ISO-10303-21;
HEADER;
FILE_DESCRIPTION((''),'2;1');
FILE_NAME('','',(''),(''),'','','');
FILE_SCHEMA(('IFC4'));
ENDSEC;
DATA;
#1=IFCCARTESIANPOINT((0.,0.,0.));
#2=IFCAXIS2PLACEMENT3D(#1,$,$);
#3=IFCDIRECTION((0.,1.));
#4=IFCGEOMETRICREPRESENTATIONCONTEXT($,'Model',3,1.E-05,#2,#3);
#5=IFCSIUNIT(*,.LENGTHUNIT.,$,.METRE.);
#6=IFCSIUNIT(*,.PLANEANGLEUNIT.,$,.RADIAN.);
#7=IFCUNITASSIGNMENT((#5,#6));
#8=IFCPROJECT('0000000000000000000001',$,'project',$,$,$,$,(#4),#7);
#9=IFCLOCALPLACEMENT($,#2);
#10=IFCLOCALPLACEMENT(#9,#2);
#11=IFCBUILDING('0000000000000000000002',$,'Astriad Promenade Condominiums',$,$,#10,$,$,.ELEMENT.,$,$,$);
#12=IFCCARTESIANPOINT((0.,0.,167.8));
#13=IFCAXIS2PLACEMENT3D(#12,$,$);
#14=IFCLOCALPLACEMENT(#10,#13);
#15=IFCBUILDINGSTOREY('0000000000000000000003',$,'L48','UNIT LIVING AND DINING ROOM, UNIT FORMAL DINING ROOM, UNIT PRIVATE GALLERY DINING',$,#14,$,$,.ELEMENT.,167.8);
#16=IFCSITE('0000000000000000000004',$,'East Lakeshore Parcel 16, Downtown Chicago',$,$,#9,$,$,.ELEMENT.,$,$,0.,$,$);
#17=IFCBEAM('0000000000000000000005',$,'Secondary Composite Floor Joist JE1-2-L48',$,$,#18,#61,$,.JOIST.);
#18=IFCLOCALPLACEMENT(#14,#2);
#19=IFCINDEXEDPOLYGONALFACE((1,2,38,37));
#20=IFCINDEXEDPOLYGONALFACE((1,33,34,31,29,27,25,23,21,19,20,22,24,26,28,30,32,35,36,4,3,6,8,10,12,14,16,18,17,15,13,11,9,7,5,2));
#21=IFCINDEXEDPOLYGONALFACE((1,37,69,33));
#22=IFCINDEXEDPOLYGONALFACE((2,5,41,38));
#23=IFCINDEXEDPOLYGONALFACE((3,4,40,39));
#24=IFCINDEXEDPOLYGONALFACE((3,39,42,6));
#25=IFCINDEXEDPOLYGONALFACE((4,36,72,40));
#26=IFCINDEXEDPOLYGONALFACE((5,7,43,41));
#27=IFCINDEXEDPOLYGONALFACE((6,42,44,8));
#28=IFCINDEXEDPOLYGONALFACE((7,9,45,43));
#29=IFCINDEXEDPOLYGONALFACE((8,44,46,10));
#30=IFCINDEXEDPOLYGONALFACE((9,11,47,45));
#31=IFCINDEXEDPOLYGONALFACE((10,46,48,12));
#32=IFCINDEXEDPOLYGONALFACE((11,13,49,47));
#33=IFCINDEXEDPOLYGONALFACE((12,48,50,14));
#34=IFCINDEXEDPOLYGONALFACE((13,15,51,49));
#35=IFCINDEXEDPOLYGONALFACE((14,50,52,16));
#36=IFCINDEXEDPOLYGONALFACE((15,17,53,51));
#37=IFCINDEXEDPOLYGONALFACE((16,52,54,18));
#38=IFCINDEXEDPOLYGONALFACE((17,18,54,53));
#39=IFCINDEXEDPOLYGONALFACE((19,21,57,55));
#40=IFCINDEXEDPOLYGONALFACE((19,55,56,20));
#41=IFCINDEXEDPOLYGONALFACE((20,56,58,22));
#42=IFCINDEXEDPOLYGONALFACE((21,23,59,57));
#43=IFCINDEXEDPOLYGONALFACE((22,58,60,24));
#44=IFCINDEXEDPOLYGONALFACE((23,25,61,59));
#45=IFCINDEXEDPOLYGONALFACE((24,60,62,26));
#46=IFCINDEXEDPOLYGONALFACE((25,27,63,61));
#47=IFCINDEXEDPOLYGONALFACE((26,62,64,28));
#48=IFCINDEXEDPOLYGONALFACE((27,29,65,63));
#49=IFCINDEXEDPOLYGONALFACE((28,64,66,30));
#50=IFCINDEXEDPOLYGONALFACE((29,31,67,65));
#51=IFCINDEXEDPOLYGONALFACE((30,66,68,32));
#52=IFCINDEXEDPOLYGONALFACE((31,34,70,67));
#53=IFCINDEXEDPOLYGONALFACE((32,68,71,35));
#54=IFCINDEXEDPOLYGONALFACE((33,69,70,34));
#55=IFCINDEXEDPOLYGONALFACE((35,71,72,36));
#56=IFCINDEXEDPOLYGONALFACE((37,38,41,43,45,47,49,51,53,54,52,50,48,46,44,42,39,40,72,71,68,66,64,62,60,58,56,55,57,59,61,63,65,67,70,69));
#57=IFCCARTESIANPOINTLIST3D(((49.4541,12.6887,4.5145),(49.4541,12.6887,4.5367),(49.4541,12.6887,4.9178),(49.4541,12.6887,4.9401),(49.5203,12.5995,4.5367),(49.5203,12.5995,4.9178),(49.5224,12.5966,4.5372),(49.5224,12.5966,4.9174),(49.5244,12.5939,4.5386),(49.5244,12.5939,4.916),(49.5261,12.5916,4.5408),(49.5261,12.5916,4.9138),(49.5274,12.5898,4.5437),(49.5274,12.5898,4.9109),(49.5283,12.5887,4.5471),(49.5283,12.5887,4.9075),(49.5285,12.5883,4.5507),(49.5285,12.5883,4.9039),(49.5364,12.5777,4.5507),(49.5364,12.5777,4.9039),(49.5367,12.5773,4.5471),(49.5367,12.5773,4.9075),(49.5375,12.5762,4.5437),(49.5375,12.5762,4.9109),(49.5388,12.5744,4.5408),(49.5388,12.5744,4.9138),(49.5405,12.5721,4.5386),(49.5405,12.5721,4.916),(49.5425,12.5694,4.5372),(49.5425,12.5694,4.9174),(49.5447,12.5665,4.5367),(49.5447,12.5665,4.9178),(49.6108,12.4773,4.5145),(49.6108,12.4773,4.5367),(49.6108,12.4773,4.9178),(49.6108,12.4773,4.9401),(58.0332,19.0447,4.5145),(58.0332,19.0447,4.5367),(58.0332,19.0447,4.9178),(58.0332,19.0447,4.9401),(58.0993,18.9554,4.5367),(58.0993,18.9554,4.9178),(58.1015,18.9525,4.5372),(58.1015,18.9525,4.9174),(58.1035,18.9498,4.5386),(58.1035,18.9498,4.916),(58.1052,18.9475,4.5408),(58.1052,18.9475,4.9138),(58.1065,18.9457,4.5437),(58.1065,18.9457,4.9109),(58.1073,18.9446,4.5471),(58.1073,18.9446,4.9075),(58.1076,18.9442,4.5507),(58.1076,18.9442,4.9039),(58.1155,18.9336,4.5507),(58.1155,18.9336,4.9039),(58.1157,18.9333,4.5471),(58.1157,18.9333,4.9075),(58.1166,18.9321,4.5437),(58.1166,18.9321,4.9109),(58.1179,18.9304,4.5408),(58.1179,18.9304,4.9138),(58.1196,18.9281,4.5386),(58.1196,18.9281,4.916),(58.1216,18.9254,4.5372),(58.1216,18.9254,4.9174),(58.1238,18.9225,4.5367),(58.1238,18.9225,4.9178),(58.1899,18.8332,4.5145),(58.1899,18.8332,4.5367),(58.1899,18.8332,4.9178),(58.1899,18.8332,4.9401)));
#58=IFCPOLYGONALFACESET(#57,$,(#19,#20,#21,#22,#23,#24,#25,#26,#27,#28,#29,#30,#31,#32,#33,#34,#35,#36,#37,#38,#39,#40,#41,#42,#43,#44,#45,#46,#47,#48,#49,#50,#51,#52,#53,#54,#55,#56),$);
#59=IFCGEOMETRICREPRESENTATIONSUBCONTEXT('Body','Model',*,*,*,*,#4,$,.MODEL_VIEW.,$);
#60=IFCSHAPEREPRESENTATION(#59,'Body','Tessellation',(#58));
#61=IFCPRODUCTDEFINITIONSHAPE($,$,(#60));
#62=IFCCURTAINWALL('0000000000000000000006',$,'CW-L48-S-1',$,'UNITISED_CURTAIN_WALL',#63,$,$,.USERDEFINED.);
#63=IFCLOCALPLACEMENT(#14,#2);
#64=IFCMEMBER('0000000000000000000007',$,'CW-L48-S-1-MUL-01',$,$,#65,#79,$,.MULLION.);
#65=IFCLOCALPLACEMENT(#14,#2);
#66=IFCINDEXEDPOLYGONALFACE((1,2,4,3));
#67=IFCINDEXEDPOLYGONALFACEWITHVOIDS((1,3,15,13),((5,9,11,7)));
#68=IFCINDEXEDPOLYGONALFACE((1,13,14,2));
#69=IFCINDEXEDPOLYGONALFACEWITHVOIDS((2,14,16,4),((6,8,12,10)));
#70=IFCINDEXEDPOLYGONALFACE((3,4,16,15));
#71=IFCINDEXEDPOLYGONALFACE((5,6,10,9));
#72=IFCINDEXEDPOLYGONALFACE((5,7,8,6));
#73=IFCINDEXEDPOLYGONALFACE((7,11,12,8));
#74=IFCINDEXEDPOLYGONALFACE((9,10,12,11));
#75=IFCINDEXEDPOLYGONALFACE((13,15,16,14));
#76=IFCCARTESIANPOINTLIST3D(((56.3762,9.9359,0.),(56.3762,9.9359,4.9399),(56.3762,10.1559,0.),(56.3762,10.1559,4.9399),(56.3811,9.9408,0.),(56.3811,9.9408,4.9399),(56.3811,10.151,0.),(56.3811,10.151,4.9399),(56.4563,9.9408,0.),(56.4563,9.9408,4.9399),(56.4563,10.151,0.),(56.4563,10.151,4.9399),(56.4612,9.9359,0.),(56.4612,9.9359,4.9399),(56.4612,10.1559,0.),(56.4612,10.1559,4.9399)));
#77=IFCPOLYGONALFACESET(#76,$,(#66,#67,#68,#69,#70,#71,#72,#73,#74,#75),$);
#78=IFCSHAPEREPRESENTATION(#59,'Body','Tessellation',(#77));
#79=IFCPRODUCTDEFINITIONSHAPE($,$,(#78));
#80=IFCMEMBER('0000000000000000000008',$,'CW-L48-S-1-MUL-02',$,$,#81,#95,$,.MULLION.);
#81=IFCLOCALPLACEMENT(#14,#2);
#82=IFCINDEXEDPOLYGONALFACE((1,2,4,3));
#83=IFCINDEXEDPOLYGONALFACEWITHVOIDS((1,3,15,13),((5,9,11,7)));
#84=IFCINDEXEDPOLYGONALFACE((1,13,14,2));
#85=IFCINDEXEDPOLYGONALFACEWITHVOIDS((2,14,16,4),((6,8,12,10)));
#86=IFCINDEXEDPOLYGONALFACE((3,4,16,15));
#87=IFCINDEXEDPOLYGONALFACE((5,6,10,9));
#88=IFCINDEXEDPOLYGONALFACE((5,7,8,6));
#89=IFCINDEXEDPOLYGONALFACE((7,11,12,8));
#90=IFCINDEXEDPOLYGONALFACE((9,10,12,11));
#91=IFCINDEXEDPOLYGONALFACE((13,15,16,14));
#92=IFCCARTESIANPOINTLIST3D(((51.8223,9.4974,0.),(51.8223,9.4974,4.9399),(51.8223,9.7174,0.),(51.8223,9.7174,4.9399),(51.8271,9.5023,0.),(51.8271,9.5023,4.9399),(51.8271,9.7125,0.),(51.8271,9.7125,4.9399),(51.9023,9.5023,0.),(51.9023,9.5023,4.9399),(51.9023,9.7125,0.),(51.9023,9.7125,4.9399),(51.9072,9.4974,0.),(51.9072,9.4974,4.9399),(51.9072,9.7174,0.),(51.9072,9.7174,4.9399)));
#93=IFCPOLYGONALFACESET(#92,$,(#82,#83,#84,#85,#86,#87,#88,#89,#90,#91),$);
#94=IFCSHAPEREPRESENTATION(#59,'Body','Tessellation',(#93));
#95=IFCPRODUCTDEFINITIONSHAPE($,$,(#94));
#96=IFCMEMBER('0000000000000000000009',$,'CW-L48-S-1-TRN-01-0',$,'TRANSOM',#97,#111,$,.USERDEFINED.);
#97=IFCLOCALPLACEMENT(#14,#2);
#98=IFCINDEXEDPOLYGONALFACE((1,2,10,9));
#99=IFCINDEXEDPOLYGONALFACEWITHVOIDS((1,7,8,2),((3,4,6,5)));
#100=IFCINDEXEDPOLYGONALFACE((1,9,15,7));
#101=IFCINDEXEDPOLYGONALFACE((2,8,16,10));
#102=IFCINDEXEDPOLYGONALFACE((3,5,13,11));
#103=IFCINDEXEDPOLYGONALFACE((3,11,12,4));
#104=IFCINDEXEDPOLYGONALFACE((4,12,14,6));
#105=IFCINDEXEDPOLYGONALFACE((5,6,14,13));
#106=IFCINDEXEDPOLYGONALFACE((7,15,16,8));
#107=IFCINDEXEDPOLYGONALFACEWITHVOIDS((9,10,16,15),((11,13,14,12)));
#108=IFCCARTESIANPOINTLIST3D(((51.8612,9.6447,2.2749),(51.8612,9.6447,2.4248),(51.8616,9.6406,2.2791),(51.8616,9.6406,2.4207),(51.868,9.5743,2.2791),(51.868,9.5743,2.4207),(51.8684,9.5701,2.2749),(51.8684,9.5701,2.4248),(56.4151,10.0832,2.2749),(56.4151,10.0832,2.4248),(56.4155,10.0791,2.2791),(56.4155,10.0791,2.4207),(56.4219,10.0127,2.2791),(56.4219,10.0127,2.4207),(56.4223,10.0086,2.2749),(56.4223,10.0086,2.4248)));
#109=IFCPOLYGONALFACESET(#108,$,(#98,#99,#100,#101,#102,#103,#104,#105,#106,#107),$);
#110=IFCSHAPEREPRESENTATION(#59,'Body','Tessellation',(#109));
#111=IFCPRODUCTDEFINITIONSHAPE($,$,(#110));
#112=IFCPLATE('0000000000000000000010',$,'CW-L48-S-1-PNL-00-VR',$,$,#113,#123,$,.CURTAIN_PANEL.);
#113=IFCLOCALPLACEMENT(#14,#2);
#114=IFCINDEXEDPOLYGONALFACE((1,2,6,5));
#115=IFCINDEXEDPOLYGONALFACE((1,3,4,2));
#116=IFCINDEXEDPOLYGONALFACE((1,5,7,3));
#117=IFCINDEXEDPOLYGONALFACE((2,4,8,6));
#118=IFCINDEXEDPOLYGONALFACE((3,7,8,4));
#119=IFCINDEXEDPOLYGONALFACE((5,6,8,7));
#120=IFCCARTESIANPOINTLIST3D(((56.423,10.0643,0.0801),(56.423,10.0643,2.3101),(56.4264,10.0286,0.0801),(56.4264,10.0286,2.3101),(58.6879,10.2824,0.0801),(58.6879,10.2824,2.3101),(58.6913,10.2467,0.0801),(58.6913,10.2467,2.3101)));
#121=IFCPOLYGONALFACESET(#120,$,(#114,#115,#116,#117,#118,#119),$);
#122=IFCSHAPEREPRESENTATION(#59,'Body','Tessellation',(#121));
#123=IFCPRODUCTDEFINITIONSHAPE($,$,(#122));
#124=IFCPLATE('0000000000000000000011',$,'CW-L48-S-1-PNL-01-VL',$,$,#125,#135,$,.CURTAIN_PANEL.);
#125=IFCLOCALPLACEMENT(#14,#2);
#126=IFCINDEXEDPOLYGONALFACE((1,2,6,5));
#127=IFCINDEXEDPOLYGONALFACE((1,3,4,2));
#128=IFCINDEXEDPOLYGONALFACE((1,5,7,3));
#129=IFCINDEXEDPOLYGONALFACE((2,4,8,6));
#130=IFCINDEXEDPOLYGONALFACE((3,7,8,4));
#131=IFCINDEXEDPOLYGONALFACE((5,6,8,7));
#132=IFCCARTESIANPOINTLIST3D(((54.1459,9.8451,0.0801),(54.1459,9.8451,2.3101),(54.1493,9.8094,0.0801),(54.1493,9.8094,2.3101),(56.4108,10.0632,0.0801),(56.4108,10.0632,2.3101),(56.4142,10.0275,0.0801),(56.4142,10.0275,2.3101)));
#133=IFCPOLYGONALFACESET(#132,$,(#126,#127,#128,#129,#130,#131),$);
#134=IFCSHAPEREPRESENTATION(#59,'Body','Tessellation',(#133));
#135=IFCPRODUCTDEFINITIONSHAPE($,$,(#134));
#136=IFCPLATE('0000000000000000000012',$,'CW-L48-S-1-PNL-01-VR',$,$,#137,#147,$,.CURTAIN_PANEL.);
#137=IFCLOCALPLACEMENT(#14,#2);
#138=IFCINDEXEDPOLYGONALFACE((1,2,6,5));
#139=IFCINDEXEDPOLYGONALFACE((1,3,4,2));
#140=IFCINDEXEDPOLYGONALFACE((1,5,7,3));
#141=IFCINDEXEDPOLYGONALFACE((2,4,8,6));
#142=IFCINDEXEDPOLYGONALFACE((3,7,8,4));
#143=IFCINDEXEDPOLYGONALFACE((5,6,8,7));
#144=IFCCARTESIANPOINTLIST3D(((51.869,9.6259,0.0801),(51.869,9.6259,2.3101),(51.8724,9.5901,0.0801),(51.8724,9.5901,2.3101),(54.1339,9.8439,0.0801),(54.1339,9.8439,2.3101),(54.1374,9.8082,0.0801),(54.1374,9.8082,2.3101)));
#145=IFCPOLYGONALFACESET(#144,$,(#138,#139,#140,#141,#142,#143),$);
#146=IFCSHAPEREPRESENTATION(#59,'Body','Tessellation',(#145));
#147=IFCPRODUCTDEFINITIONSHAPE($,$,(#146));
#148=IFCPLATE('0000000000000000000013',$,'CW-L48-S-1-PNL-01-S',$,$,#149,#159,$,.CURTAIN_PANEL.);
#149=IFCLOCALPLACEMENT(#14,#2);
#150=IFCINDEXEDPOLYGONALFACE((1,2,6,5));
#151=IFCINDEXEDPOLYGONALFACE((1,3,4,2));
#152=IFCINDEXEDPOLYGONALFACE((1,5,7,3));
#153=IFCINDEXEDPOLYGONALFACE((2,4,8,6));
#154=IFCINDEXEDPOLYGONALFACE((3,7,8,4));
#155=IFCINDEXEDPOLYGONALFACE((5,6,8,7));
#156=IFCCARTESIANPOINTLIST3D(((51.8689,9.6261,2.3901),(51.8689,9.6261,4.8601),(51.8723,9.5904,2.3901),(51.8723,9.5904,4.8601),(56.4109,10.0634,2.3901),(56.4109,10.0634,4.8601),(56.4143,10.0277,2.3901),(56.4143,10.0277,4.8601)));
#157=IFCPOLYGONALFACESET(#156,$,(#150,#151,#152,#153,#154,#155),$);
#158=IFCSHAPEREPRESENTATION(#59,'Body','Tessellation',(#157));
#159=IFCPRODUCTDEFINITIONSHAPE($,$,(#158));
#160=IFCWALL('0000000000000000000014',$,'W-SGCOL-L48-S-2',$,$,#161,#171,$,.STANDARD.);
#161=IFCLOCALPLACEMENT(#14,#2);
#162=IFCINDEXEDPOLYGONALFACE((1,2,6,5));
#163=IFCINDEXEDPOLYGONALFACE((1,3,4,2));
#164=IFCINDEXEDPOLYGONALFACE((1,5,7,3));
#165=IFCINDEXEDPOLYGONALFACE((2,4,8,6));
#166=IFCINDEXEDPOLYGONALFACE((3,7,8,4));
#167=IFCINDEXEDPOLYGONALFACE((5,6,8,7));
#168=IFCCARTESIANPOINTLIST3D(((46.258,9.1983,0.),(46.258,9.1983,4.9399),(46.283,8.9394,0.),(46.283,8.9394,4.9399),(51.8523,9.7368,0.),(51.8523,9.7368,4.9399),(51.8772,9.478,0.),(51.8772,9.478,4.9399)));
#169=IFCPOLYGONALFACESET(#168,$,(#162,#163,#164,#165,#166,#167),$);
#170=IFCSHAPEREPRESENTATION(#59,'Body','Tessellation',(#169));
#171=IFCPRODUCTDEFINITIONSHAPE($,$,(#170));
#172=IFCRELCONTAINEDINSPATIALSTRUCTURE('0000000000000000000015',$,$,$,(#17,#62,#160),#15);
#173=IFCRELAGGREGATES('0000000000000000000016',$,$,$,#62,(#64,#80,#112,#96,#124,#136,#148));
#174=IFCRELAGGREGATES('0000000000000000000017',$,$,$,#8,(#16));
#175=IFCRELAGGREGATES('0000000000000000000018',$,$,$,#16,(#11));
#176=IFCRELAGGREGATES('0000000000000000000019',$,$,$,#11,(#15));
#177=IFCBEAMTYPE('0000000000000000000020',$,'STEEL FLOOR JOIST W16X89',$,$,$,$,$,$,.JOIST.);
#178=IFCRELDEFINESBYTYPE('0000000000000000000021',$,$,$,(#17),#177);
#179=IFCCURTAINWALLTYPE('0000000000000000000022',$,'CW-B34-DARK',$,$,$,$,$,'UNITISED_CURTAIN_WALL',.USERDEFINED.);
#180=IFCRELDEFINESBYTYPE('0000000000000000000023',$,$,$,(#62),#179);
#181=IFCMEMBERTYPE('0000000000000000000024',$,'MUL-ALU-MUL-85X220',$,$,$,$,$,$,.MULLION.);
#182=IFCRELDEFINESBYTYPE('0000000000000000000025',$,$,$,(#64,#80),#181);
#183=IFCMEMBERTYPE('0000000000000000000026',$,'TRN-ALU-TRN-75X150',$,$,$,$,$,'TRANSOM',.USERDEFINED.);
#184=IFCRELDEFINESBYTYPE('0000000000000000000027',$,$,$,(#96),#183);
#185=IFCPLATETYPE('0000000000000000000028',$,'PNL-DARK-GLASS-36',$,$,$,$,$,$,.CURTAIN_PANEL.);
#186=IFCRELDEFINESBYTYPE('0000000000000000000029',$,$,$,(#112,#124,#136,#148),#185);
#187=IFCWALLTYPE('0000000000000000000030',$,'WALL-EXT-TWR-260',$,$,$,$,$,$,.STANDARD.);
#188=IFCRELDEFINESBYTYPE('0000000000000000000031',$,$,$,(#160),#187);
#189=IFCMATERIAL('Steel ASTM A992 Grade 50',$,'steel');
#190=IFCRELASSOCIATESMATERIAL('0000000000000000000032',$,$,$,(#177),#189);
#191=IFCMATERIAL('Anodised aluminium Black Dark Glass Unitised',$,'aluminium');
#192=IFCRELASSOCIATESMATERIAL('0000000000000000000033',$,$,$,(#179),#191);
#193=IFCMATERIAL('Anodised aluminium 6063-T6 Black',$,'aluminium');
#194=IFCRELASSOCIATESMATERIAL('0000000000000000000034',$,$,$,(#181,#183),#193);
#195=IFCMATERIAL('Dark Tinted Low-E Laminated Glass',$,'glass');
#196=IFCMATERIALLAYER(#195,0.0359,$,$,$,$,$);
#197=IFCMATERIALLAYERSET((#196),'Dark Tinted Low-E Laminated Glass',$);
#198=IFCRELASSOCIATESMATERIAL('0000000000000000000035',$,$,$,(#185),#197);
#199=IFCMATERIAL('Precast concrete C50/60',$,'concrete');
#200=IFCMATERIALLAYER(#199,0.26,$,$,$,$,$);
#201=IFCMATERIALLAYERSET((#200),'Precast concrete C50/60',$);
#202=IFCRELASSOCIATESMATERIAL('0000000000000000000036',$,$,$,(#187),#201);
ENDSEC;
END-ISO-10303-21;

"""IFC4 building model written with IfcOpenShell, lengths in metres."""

from ifc_helpers import new_model, si_unit, direction, frame, frame_2d, origin, origin_2d, place, context, subcontext, project, spatial, rectangle, hollow_rectangle, i_section, extrude, source, transform, mapped, material, layer, layer_set, material_profile, profile_set, type_object, type_shapes, element, aggregate, save


model = new_model("IFC4")

# Units and contexts
model_context = context("Model", 3, precision=1e-05, world=origin(), true_north=direction((0.0, 1.0)))
body_context = subcontext(model_context, "Body", "Model", "MODEL_VIEW")
ifc_project = project(units=[si_unit("LENGTHUNIT", "METRE"), si_unit("PLANEANGLEUNIT", "RADIAN")], contexts=[model_context])

# Site, building, storey
site_placement = place(None, origin())
site = spatial("IfcSite", under=ifc_project, at=site_placement, Name="East Lakeshore Parcel 16, Downtown Chicago", CompositionType="ELEMENT", RefElevation=0.0)
building_placement = place(site_placement, origin())
building = spatial("IfcBuilding", under=site, at=building_placement, Name="Astriad Promenade Condominiums", CompositionType="ELEMENT")
storey_placement = place(building_placement, frame((0.0, 0.0, 167.8)))
storey = spatial("IfcBuildingStorey", under=building, at=storey_placement, Name="L48", Description="UNIT LIVING AND DINING ROOM, UNIT FORMAL DINING ROOM, UNIT PRIVATE GALLERY DINING", CompositionType="ELEMENT", Elevation=167.8)

# Beam
ifc_material_1 = material(Name="Steel ASTM A992 Grade 50", Category="steel")
ifc_material_profile_1 = material_profile(ifc_material_1, i_section(OverallWidth=0.2632, OverallDepth=0.4255, WebThickness=0.0132, FlangeThickness=0.0222, FilletRadius=0.0139, at=origin_2d()), Name="W16X89")
ifc_profile_set_1 = profile_set([ifc_material_profile_1], Name="Steel ASTM A992 Grade 50")
beam_type_1 = type_object("IfcBeamType", Name="STEEL FLOOR JOIST W16X89", PredefinedType="JOIST", material=ifc_profile_set_1)
shared_shape_1 = source(origin(), body_context, "Body", "SweptSolid", [
    extrude(i_section(OverallWidth=0.2632, OverallDepth=0.4255, WebThickness=0.0132, FlangeThickness=0.0222, FilletRadius=0.0139, at=origin_2d()), origin(), (0.0, 0.0, 1.0), 10.677),
])
beam_1_placement = place(storey_placement, frame((49.5325, 12.583, 4.7273), z_axis=(0.803509, 0.595292, 0.0), x_axis=(-0.595292, 0.803509, 0.0)))
element("IfcBeam", 1, at=beam_1_placement, inside=storey, type_object=beam_type_1, Name="Secondary Composite Floor Joist JE1-2-L48", PredefinedType="JOIST", context=body_context, shape_type="MappedRepresentation", body=[
    mapped(shared_shape_1, transform((0.0, 0.0, 0.0), scale=1.0)),
])

# Curtain wall, members, plates
ifc_material_2 = material(Name="Anodised aluminium Black Dark Glass Unitised", Category="aluminium")
curtain_wall_type = type_object("IfcCurtainWallType", Name="CW-B34-DARK", ElementType="UNITISED_CURTAIN_WALL", PredefinedType="USERDEFINED", material=ifc_material_2)
curtain_wall_placement = place(storey_placement, origin())
curtain_wall = element("IfcCurtainWall", 2, at=curtain_wall_placement, inside=storey, type_object=curtain_wall_type, Name="CW-L48-S-1", ObjectType="UNITISED_CURTAIN_WALL", PredefinedType="USERDEFINED")
ifc_material_3 = material(Name="Anodised aluminium 6063-T6 Black", Category="aluminium")
ifc_material_profile_2 = material_profile(ifc_material_3, hollow_rectangle(XDim=0.085, YDim=0.22, WallThickness=0.0049, at=origin_2d()), Name="ALU-MUL-85X220")
ifc_profile_set_2 = profile_set([ifc_material_profile_2], Name="Anodised aluminium 6063-T6 Black")
member_type_1 = type_object("IfcMemberType", Name="MUL-ALU-MUL-85X220", PredefinedType="MULLION", material=ifc_profile_set_2)
shared_shape_2 = source(origin(), body_context, "Body", "SweptSolid", [
    extrude(hollow_rectangle(XDim=0.085, YDim=0.22, WallThickness=0.0049, at=origin_2d()), origin(), (0.0, 0.0, 1.0), 4.9399),
])
type_shapes(member_type_1, [shared_shape_2])
member_1_placement = place(storey_placement, frame((56.4187, 10.0459, 0.0), z_axis=(0.0, 0.0, 1.0), x_axis=(1.0, 0.0, 0.0)))
member_1 = element("IfcMember", 3, at=member_1_placement, type_object=member_type_1, Name="CW-L48-S-1-MUL-01", PredefinedType="MULLION", context=body_context, shape_type="MappedRepresentation", body=[
    mapped(shared_shape_2, transform((0.0, 0.0, 0.0), scale=1.0)),
])
member_2_placement = place(storey_placement, frame((51.8647, 9.6074, 0.0), z_axis=(0.0, 0.0, 1.0), x_axis=(1.0, 0.0, 0.0)))
member_2 = element("IfcMember", 4, at=member_2_placement, type_object=member_type_1, Name="CW-L48-S-1-MUL-02", PredefinedType="MULLION", context=body_context, shape_type="MappedRepresentation", body=[
    mapped(shared_shape_2, transform((0.0, 0.0, 0.0), scale=1.0)),
])
ifc_material_profile_3 = material_profile(ifc_material_3, hollow_rectangle(XDim=0.075, YDim=0.1499, WallThickness=0.0042, at=origin_2d()), Name="ALU-TRN-75X150")
ifc_profile_set_3 = profile_set([ifc_material_profile_3], Name="Anodised aluminium 6063-T6 Black")
member_type_2 = type_object("IfcMemberType", Name="TRN-ALU-TRN-75X150", ElementType="TRANSOM", PredefinedType="USERDEFINED", material=ifc_profile_set_3)
shared_shape_3 = source(origin(), body_context, "Body", "SweptSolid", [
    extrude(hollow_rectangle(XDim=0.075, YDim=0.1499, WallThickness=0.0042, at=origin_2d()), origin(), (0.0, 0.0, 1.0), 4.575),
])
type_shapes(member_type_2, [shared_shape_3])
member_3_placement = place(storey_placement, frame((56.4187, 10.0459, 2.3499), z_axis=(-0.995397, -0.095842, 0.0), x_axis=(0.095842, -0.995397, 0.0)))
member_3 = element("IfcMember", 5, at=member_3_placement, type_object=member_type_2, Name="CW-L48-S-1-TRN-01-0", ObjectType="TRANSOM", PredefinedType="USERDEFINED", context=body_context, shape_type="MappedRepresentation", body=[
    mapped(shared_shape_3, transform((0.0, 0.0, 0.0), scale=1.0)),
])
ifc_material_4 = material(Name="Dark Tinted Low-E Laminated Glass", Category="glass")
ifc_layer_1 = layer(ifc_material_4, 0.0359)
ifc_layer_set_1 = layer_set([ifc_layer_1], Name="Dark Tinted Low-E Laminated Glass")
plate_type = type_object("IfcPlateType", Name="PNL-DARK-GLASS-36", PredefinedType="CURTAIN_PANEL", material=ifc_layer_set_1)
shared_shape_4 = source(origin(), body_context, "Body", "SweptSolid", [
    extrude(rectangle(XDim=2.2754, YDim=0.0359, at=origin_2d()), origin(), (0.0, 0.0, 1.0), 2.23),
])
plate_1_placement = place(storey_placement, frame((57.5571, 10.1555, 0.0801), z_axis=(0.0, 0.0, 1.0), x_axis=(-0.995396, -0.095846, 0.0)))
plate_1 = element("IfcPlate", 6, at=plate_1_placement, type_object=plate_type, Name="CW-L48-S-1-PNL-00-VR", PredefinedType="CURTAIN_PANEL", context=body_context, shape_type="MappedRepresentation", body=[
    mapped(shared_shape_4, transform((0.0, 0.0, 0.0), scale=1.0)),
])
plate_2_placement = place(storey_placement, frame((55.28, 9.9363, 0.0801), z_axis=(0.0, 0.0, 1.0), x_axis=(-0.995396, -0.095846, 0.0)))
plate_2 = element("IfcPlate", 7, at=plate_2_placement, type_object=plate_type, Name="CW-L48-S-1-PNL-01-VL", PredefinedType="CURTAIN_PANEL", context=body_context, shape_type="MappedRepresentation", body=[
    mapped(shared_shape_4, transform((0.0, 0.0, 0.0), scale=1.0)),
])
plate_3_placement = place(storey_placement, frame((53.0032, 9.717, 0.0801), z_axis=(0.0, 0.0, 1.0), x_axis=(-0.995396, -0.095846, 0.0)))
plate_3 = element("IfcPlate", 8, at=plate_3_placement, type_object=plate_type, Name="CW-L48-S-1-PNL-01-VR", PredefinedType="CURTAIN_PANEL", context=body_context, shape_type="MappedRepresentation", body=[
    mapped(shared_shape_4, transform((0.0, 0.0, 0.0), scale=1.0)),
])
shared_shape_5 = source(origin(), body_context, "Body", "SweptSolid", [
    extrude(rectangle(XDim=4.563, YDim=0.0359, at=origin_2d()), origin(), (0.0, 0.0, 1.0), 2.47),
])
type_shapes(plate_type, [shared_shape_4, shared_shape_5])
plate_4_placement = place(storey_placement, frame((54.1416, 9.8269, 2.3901), z_axis=(0.0, 0.0, 1.0), x_axis=(-0.995396, -0.095846, 0.0)))
plate_4 = element("IfcPlate", 9, at=plate_4_placement, type_object=plate_type, Name="CW-L48-S-1-PNL-01-S", PredefinedType="CURTAIN_PANEL", context=body_context, shape_type="MappedRepresentation", body=[
    mapped(shared_shape_5, transform((0.0, 0.0, 0.0), scale=1.0)),
])
aggregate(curtain_wall, [member_1, member_2, plate_1, member_3, plate_2, plate_3, plate_4])

# Wall
ifc_material_5 = material(Name="Precast concrete C50/60", Category="concrete")
ifc_layer_2 = layer(ifc_material_5, 0.26)
ifc_layer_set_2 = layer_set([ifc_layer_2], Name="Precast concrete C50/60")
wall_type_1 = type_object("IfcWallType", Name="WALL-EXT-TWR-260", PredefinedType="STANDARD", material=ifc_layer_set_2)
wall_1_placement = place(storey_placement, frame((51.8647, 9.6074, 0.0), z_axis=(0.0, 0.0, 1.0), x_axis=(-0.995398, -0.09583, 0.0)))
element("IfcWall", 10, at=wall_1_placement, inside=storey, type_object=wall_type_1, Name="W-SGCOL-L48-S-2", PredefinedType="STANDARD", context=body_context, shape_type="SweptSolid", body=[
    extrude(rectangle(XDim=5.6201, YDim=0.26, at=frame_2d((2.8101, 0.0))), origin(), (0.0, 0.0, 1.0), 4.9399),
])

save(model, "model.ifc")
